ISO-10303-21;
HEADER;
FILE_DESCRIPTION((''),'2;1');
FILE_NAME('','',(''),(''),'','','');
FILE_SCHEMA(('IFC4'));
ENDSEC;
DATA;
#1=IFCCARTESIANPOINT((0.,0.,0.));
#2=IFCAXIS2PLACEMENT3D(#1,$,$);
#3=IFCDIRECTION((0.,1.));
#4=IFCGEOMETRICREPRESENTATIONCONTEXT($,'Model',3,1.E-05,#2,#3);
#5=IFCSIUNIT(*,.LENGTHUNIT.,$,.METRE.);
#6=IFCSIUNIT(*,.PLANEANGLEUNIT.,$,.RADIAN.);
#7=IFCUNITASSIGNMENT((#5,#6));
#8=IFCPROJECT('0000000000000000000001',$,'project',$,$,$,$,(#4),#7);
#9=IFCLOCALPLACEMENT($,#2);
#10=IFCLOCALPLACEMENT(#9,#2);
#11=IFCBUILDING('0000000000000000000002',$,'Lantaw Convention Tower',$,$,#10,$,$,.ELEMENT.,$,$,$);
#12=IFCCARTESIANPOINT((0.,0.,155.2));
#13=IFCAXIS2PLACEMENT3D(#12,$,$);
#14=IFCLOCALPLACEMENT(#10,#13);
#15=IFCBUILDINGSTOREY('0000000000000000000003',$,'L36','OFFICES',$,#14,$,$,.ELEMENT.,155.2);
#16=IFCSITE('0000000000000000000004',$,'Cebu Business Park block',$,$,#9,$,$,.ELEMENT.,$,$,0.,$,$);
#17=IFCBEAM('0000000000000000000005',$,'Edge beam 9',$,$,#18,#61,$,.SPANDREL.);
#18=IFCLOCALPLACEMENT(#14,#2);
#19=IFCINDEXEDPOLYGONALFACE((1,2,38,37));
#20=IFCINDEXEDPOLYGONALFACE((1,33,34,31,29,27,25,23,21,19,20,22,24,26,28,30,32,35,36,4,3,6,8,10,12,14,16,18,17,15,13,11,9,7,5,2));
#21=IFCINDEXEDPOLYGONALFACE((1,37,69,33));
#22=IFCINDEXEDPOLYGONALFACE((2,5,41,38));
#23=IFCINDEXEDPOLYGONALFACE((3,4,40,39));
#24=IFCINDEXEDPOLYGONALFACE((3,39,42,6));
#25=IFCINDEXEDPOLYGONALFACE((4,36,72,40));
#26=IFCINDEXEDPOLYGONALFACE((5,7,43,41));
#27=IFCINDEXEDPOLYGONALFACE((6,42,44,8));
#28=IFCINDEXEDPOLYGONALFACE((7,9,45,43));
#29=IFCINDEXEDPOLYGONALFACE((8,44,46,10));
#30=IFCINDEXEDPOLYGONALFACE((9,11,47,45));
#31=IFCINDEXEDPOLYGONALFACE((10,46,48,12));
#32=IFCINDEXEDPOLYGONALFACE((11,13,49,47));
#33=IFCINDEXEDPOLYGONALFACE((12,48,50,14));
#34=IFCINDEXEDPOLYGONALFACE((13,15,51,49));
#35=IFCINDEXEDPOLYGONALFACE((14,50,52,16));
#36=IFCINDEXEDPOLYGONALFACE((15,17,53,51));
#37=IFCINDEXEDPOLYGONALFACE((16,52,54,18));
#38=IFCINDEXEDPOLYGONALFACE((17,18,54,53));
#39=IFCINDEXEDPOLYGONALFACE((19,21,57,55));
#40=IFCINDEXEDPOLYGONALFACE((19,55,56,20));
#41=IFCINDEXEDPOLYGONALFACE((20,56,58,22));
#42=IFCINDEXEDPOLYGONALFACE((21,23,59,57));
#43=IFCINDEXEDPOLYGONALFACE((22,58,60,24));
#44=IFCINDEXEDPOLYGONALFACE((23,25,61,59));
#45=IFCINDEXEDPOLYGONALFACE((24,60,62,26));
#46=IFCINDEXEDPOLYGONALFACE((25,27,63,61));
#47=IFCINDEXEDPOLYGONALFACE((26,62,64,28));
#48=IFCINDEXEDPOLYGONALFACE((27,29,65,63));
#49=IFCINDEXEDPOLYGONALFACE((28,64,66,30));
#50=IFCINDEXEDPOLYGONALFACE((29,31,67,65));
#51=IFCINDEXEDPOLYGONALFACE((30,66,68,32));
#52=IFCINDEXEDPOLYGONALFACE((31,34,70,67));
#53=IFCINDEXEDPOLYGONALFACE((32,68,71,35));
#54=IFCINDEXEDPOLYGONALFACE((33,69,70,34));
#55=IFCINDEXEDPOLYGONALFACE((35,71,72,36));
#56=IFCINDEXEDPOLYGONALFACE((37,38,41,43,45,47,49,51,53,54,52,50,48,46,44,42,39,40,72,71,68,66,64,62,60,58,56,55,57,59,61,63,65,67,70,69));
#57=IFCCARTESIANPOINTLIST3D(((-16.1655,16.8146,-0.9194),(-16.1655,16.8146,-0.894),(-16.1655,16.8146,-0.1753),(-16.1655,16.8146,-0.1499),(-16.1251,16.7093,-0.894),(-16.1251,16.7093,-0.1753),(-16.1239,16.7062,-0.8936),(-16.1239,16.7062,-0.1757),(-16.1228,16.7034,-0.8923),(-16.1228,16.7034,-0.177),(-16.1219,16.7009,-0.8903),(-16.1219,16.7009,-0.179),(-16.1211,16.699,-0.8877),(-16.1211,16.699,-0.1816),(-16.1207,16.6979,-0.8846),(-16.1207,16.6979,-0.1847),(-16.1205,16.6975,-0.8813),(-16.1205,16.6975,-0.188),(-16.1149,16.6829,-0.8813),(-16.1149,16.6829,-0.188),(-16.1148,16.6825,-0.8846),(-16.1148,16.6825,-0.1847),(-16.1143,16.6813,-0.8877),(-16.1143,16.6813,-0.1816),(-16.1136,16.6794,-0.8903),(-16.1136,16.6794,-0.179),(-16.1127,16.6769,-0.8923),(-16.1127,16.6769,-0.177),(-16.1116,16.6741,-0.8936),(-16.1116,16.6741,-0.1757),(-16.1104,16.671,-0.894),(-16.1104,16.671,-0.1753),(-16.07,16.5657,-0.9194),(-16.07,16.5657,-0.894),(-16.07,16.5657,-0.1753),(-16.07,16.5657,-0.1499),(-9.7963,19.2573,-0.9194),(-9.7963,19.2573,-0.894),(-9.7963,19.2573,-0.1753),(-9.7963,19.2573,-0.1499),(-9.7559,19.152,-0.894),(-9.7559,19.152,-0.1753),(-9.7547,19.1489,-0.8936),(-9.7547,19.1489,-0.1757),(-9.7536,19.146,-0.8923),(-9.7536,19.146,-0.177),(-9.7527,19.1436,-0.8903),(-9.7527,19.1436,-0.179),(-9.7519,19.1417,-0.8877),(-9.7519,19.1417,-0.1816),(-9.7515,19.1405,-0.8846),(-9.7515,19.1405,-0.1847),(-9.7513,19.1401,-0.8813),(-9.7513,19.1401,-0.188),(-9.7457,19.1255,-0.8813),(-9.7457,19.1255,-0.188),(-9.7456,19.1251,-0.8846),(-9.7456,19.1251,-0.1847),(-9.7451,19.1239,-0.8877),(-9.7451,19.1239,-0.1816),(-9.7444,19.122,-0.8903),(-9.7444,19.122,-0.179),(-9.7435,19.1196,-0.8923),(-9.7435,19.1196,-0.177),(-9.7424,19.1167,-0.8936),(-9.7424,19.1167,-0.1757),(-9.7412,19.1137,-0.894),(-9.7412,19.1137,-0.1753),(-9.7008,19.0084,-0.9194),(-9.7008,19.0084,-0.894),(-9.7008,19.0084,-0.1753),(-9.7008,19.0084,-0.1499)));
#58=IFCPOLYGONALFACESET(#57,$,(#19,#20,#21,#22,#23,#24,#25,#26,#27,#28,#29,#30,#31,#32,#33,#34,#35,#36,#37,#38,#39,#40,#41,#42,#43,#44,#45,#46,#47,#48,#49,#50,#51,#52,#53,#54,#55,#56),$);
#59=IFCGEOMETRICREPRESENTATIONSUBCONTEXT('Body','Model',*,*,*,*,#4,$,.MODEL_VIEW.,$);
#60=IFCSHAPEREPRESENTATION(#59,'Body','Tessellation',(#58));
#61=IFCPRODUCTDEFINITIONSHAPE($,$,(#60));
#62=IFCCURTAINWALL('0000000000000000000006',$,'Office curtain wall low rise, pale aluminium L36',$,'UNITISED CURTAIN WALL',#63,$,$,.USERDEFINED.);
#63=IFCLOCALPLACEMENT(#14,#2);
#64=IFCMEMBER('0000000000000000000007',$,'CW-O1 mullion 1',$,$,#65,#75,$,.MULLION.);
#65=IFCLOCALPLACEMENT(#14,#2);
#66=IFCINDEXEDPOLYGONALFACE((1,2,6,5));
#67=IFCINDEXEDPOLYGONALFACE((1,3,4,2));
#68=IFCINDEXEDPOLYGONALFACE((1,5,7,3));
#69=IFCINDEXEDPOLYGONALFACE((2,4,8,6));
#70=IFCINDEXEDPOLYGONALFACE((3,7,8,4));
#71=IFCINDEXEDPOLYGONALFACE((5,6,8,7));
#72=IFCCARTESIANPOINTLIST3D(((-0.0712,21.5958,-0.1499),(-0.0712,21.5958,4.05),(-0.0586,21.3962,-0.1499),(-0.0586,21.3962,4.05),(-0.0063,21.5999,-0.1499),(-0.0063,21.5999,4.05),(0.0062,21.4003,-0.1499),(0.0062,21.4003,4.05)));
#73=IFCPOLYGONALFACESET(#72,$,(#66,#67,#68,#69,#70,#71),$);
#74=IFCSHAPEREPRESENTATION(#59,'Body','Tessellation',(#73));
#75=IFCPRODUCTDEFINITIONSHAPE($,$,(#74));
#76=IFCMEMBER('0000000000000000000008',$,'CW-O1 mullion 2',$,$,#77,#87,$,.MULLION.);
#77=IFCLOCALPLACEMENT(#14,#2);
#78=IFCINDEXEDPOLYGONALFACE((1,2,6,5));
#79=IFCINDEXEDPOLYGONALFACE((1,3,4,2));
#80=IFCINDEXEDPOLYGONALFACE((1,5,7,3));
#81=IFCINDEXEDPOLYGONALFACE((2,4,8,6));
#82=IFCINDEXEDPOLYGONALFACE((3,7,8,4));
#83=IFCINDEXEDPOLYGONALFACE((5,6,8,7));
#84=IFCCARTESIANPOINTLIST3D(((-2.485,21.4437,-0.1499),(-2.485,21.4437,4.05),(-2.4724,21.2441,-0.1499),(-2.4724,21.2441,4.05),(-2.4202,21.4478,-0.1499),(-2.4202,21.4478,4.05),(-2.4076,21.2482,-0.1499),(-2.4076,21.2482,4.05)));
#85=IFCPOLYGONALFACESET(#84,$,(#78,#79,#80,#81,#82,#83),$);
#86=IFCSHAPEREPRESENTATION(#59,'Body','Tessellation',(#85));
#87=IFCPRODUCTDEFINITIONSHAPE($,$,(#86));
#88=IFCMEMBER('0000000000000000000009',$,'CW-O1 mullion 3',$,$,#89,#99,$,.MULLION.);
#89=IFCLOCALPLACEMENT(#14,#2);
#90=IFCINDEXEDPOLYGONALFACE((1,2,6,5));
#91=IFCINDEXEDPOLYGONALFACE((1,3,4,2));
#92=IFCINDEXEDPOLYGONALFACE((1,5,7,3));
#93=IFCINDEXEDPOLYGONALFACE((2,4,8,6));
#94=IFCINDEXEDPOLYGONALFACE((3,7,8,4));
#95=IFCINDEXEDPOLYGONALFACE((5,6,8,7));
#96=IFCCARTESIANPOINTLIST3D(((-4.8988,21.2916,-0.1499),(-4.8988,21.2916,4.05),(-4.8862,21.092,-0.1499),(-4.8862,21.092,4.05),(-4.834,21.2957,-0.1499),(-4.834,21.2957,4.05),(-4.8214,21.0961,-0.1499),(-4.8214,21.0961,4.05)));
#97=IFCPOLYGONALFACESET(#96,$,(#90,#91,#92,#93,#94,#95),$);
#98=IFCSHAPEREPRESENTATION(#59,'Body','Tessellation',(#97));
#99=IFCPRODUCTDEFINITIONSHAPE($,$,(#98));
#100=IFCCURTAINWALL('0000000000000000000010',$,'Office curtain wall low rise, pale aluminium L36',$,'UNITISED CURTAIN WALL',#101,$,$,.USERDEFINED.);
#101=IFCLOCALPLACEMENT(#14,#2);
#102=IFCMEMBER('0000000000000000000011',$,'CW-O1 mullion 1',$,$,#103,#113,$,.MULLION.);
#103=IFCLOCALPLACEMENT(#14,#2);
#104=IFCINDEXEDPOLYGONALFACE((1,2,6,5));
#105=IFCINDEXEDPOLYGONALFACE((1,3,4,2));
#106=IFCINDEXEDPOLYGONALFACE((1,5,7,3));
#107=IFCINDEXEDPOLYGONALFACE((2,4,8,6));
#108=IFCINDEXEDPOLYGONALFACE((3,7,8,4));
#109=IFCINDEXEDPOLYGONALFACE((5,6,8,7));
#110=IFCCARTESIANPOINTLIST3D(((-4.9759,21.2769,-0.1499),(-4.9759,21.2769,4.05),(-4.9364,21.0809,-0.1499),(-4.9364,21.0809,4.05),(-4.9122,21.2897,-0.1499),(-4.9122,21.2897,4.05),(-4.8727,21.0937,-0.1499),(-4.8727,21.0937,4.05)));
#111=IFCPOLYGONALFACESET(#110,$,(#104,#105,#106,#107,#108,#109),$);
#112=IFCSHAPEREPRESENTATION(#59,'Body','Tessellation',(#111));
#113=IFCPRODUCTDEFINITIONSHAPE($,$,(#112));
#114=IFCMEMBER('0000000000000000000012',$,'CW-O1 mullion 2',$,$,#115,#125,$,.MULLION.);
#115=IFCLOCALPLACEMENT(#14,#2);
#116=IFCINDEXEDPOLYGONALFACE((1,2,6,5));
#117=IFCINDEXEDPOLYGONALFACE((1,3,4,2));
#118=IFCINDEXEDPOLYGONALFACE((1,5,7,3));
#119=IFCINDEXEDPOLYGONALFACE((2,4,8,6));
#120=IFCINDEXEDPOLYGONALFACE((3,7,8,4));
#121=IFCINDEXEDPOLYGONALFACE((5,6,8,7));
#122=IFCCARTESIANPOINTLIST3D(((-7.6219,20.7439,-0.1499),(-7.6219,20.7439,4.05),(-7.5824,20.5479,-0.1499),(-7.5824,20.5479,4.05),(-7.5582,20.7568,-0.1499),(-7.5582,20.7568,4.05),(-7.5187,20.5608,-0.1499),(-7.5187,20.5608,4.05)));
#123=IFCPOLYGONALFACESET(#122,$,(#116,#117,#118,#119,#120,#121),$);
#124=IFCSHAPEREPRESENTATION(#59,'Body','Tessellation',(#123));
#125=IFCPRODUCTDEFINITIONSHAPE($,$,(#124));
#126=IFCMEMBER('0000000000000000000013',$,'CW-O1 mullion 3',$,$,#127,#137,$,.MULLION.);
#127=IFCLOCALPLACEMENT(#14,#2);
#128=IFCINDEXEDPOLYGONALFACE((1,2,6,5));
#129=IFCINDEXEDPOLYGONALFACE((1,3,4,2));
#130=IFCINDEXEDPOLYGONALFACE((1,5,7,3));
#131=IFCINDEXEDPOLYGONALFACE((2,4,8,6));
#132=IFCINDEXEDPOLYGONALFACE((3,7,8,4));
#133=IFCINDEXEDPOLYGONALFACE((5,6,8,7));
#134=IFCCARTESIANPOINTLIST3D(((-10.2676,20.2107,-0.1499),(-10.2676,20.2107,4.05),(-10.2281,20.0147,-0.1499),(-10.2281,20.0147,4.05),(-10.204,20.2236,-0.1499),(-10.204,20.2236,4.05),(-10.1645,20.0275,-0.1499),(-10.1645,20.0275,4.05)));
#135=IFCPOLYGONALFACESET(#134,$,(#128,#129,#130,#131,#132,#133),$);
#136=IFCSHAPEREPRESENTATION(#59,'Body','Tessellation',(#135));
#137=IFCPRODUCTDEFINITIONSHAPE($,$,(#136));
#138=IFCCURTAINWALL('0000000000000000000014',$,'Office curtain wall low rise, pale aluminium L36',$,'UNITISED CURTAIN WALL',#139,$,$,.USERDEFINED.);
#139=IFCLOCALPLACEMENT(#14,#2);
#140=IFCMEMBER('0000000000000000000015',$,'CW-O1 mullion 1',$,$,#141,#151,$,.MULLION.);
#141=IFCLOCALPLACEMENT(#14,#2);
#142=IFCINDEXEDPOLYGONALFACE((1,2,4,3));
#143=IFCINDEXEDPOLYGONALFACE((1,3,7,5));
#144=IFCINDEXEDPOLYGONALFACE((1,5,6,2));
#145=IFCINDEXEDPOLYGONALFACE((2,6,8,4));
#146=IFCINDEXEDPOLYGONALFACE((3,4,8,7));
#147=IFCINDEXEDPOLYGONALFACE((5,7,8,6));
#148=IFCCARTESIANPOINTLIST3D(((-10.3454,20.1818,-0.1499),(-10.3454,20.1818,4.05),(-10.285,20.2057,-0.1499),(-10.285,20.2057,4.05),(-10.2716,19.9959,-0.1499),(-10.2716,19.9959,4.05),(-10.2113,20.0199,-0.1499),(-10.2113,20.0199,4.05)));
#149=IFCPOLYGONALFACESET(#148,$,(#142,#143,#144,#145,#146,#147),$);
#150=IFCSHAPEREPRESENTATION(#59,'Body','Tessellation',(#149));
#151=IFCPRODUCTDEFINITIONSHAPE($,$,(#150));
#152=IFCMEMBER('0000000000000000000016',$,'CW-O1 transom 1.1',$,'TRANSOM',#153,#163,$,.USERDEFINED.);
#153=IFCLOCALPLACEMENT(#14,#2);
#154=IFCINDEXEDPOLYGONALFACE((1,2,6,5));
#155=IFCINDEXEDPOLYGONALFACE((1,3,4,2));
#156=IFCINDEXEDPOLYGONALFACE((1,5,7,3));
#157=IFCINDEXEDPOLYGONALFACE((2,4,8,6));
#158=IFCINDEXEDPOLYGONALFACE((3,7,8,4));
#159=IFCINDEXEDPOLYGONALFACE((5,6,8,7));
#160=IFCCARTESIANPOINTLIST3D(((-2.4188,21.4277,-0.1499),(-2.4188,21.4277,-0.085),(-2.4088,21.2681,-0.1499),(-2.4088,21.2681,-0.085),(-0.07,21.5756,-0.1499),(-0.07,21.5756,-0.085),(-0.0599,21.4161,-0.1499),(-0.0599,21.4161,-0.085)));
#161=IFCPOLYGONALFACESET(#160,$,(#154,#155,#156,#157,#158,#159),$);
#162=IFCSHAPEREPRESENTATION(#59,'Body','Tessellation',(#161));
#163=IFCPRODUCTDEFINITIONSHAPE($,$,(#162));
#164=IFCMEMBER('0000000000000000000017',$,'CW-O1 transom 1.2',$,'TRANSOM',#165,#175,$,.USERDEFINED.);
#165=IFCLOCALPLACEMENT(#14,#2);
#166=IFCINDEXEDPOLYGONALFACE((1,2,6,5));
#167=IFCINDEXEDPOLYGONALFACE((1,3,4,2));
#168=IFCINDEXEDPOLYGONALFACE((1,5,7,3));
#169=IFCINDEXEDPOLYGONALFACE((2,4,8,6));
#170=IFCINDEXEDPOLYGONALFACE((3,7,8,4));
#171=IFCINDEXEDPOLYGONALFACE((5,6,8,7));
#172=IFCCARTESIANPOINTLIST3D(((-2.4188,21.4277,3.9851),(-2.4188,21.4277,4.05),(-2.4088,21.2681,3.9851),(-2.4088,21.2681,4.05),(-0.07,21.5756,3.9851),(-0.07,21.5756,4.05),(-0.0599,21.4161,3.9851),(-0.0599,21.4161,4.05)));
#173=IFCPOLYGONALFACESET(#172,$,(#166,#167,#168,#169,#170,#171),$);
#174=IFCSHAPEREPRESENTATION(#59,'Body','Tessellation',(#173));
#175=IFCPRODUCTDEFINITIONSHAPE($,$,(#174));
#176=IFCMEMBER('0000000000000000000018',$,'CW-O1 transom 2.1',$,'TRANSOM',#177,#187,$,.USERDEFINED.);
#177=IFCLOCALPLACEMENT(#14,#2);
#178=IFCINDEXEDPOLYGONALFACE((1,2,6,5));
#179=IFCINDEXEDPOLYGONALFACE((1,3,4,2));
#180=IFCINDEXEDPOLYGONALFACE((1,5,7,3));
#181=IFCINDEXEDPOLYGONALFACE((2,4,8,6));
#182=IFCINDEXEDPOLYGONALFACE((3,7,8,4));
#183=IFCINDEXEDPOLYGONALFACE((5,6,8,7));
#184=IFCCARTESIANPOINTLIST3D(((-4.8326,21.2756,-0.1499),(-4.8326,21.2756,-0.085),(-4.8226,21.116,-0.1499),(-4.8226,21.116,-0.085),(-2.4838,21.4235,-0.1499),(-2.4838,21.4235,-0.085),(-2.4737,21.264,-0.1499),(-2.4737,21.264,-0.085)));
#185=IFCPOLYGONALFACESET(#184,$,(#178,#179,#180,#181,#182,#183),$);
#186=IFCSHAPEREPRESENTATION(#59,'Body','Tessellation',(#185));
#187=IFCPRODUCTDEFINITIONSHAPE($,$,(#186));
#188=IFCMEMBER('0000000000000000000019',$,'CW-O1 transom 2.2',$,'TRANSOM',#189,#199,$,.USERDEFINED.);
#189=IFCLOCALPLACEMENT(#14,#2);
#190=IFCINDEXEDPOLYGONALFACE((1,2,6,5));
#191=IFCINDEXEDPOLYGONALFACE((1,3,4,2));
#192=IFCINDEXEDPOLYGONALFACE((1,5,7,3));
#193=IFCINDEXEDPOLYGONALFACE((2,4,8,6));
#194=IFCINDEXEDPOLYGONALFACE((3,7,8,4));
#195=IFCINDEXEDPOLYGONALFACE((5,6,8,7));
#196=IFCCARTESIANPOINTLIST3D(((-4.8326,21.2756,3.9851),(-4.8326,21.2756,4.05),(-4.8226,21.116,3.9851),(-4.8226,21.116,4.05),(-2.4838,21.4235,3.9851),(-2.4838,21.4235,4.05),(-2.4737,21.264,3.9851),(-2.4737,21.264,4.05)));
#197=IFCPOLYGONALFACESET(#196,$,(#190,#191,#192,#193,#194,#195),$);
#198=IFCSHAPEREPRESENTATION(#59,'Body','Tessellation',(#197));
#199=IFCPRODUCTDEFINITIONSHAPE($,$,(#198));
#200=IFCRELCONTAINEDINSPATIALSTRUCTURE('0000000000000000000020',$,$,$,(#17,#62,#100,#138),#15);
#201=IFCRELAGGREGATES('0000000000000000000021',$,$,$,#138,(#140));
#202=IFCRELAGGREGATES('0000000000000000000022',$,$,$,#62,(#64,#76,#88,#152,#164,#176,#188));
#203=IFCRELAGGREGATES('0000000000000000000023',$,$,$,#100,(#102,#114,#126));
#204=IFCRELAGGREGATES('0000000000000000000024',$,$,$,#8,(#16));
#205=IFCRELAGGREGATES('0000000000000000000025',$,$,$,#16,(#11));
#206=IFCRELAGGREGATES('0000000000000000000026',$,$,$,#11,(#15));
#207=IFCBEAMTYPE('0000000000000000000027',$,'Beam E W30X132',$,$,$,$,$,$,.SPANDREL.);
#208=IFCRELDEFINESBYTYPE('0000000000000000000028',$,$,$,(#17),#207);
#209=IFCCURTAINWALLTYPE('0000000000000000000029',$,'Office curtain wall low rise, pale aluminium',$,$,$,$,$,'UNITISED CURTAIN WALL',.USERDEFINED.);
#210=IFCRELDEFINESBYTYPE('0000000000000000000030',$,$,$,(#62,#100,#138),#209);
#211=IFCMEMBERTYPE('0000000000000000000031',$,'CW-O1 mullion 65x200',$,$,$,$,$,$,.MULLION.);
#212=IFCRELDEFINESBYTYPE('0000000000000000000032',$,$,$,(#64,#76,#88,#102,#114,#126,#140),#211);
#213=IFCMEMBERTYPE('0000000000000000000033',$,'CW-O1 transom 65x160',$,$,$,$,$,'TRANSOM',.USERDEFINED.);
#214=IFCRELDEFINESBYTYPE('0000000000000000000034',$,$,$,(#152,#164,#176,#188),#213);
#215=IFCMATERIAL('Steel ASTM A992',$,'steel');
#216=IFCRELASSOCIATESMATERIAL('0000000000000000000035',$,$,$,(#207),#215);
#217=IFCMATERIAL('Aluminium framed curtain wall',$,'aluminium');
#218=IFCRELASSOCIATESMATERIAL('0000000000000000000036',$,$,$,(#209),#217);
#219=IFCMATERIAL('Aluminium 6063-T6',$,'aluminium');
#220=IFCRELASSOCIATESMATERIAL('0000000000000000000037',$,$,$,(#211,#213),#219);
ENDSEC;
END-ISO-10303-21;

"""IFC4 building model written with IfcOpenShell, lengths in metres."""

from ifc_helpers import new_model, si_unit, direction, frame, origin, origin_2d, place, context, subcontext, project, spatial, rectangle, i_section, extrude, material, material_profile, profile_set, type_object, element, aggregate, save


model = new_model("IFC4")

# Units and contexts
model_context = context("Model", 3, precision=1e-05, world=origin(), true_north=direction((0.0, 1.0)))
body_context = subcontext(model_context, "Body", "Model", "MODEL_VIEW")
ifc_project = project(units=[si_unit("LENGTHUNIT", "METRE"), si_unit("PLANEANGLEUNIT", "RADIAN")], contexts=[model_context])

# Site, building, storey
site_placement = place(None, origin())
site = spatial("IfcSite", under=ifc_project, at=site_placement, Name="Cebu Business Park block", CompositionType="ELEMENT", RefElevation=0.0)
building_placement = place(site_placement, origin())
building = spatial("IfcBuilding", under=site, at=building_placement, Name="Lantaw Convention Tower", CompositionType="ELEMENT")
storey_placement = place(building_placement, frame((0.0, 0.0, 155.2)))
storey = spatial("IfcBuildingStorey", under=building, at=storey_placement, Name="L36", Description="OFFICES", CompositionType="ELEMENT", Elevation=155.2)

# Beam
ifc_material_1 = material(Name="Steel ASTM A992", Category="steel")
ifc_material_profile_1 = material_profile(ifc_material_1, i_section(OverallWidth=0.2666, OverallDepth=0.7695, WebThickness=0.0156, FlangeThickness=0.0254, FilletRadius=0.0127, at=origin_2d()), Name="W30X132")
ifc_profile_set_1 = profile_set([ifc_material_profile_1], Name="Steel ASTM A992")
beam_type = type_object("IfcBeamType", Name="Beam E W30X132", PredefinedType="SPANDREL", material=ifc_profile_set_1)
beam_1_placement = place(storey_placement, frame((-9.7485, 19.1328, -0.5347), z_axis=(-0.933691, -0.35808, 0.0), x_axis=(0.35808, -0.933691, 0.0)))
element("IfcBeam", 1, at=beam_1_placement, inside=storey, type_object=beam_type, Name="Edge beam 9", PredefinedType="SPANDREL", context=body_context, shape_type="SweptSolid", body=[
    extrude(i_section(OverallWidth=0.2666, OverallDepth=0.7695, WebThickness=0.0156, FlangeThickness=0.0254, FilletRadius=0.0127, at=origin_2d()), origin(), (0.0, 0.0, 1.0), 6.8215),
])

# Curtain walls, members
ifc_material_2 = material(Name="Aluminium framed curtain wall", Category="aluminium")
curtain_wall_type = type_object("IfcCurtainWallType", Name="Office curtain wall low rise, pale aluminium", ElementType="UNITISED CURTAIN WALL", PredefinedType="USERDEFINED", material=ifc_material_2)
curtain_wall_1_placement = place(storey_placement, origin())
curtain_wall_1 = element("IfcCurtainWall", 2, at=curtain_wall_1_placement, inside=storey, type_object=curtain_wall_type, Name="Office curtain wall low rise, pale aluminium L36", ObjectType="UNITISED CURTAIN WALL", PredefinedType="USERDEFINED")
ifc_material_3 = material(Name="Aluminium 6063-T6", Category="aluminium")
ifc_material_profile_2 = material_profile(ifc_material_3, rectangle(XDim=0.2, YDim=0.0649, at=origin_2d()), Name="CW-O1 mullion 65x200")
ifc_profile_set_2 = profile_set([ifc_material_profile_2], Name="Aluminium 6063-T6")
member_type_1 = type_object("IfcMemberType", Name="CW-O1 mullion 65x200", PredefinedType="MULLION", material=ifc_profile_set_2)
member_1_placement = place(storey_placement, frame((-0.0325, 21.498, -0.1499), z_axis=(0.0, 0.0, 1.0), x_axis=(0.062865, -0.998022, 0.0)))
member_1 = element("IfcMember", 3, at=member_1_placement, type_object=member_type_1, Name="CW-O1 mullion 1", PredefinedType="MULLION", context=body_context, shape_type="SweptSolid", body=[
    extrude(rectangle(XDim=0.2, YDim=0.0649, at=origin_2d()), origin(), (0.0, 0.0, 1.0), 4.2),
])
member_2_placement = place(storey_placement, frame((-2.4463, 21.3459, -0.1499), z_axis=(0.0, 0.0, 1.0), x_axis=(0.062865, -0.998022, 0.0)))
member_2 = element("IfcMember", 4, at=member_2_placement, type_object=member_type_1, Name="CW-O1 mullion 2", PredefinedType="MULLION", context=body_context, shape_type="SweptSolid", body=[
    extrude(rectangle(XDim=0.2, YDim=0.0649, at=origin_2d()), origin(), (0.0, 0.0, 1.0), 4.2),
])
member_3_placement = place(storey_placement, frame((-4.8601, 21.1938, -0.1499), z_axis=(0.0, 0.0, 1.0), x_axis=(0.062865, -0.998022, 0.0)))
member_3 = element("IfcMember", 5, at=member_3_placement, type_object=member_type_1, Name="CW-O1 mullion 3", PredefinedType="MULLION", context=body_context, shape_type="SweptSolid", body=[
    extrude(rectangle(XDim=0.2, YDim=0.0649, at=origin_2d()), origin(), (0.0, 0.0, 1.0), 4.2),
])
curtain_wall_2_placement = place(storey_placement, origin())
curtain_wall_2 = element("IfcCurtainWall", 6, at=curtain_wall_2_placement, inside=storey, type_object=curtain_wall_type, Name="Office curtain wall low rise, pale aluminium L36", ObjectType="UNITISED CURTAIN WALL", PredefinedType="USERDEFINED")
member_4_placement = place(storey_placement, frame((-4.9243, 21.1853, -0.1499), z_axis=(0.0, 0.0, 1.0), x_axis=(0.197507, -0.980302, 0.0)))
member_4 = element("IfcMember", 7, at=member_4_placement, type_object=member_type_1, Name="CW-O1 mullion 1", PredefinedType="MULLION", context=body_context, shape_type="SweptSolid", body=[
    extrude(rectangle(XDim=0.2, YDim=0.0649, at=origin_2d()), origin(), (0.0, 0.0, 1.0), 4.2),
])
member_5_placement = place(storey_placement, frame((-7.5703, 20.6523, -0.1499), z_axis=(0.0, 0.0, 1.0), x_axis=(0.197507, -0.980302, 0.0)))
member_5 = element("IfcMember", 8, at=member_5_placement, type_object=member_type_1, Name="CW-O1 mullion 2", PredefinedType="MULLION", context=body_context, shape_type="SweptSolid", body=[
    extrude(rectangle(XDim=0.2, YDim=0.0649, at=origin_2d()), origin(), (0.0, 0.0, 1.0), 4.2),
])
member_6_placement = place(storey_placement, frame((-10.2161, 20.1191, -0.1499), z_axis=(0.0, 0.0, 1.0), x_axis=(0.197507, -0.980302, 0.0)))
member_6 = element("IfcMember", 9, at=member_6_placement, type_object=member_type_1, Name="CW-O1 mullion 3", PredefinedType="MULLION", context=body_context, shape_type="SweptSolid", body=[
    extrude(rectangle(XDim=0.2, YDim=0.0649, at=origin_2d()), origin(), (0.0, 0.0, 1.0), 4.2),
])

# Curtain wall, member
curtain_wall_3_placement = place(storey_placement, origin())
curtain_wall_3 = element("IfcCurtainWall", 10, at=curtain_wall_3_placement, inside=storey, type_object=curtain_wall_type, Name="Office curtain wall low rise, pale aluminium L36", ObjectType="UNITISED CURTAIN WALL", PredefinedType="USERDEFINED")
member_7_placement = place(storey_placement, frame((-10.2783, 20.1008, -0.1499), z_axis=(0.0, 0.0, 1.0), x_axis=(0.368702, -0.929548, 0.0)))
member_7 = element("IfcMember", 11, at=member_7_placement, type_object=member_type_1, Name="CW-O1 mullion 1", PredefinedType="MULLION", context=body_context, shape_type="SweptSolid", body=[
    extrude(rectangle(XDim=0.2, YDim=0.0649, at=origin_2d()), origin(), (0.0, 0.0, 1.0), 4.2),
])

# Members
ifc_material_profile_3 = material_profile(ifc_material_3, rectangle(XDim=0.1599, YDim=0.0649, at=origin_2d()), Name="CW-O1 transom 65x160")
ifc_profile_set_3 = profile_set([ifc_material_profile_3], Name="Aluminium 6063-T6")
member_type_2 = type_object("IfcMemberType", Name="CW-O1 transom 65x160", ElementType="TRANSOM", PredefinedType="USERDEFINED", material=ifc_profile_set_3)
member_8_placement = place(storey_placement, frame((-0.0649, 21.4958, -0.1174), z_axis=(-0.998022, -0.062863, 0.0), x_axis=(0.062863, -0.998022, 0.0)))
member_8 = element("IfcMember", 12, at=member_8_placement, type_object=member_type_2, Name="CW-O1 transom 1.1", ObjectType="TRANSOM", PredefinedType="USERDEFINED", context=body_context, shape_type="SweptSolid", body=[
    extrude(rectangle(XDim=0.1599, YDim=0.0649, at=origin_2d()), origin(), (0.0, 0.0, 1.0), 2.3535),
])
member_9_placement = place(storey_placement, frame((-0.0649, 21.4958, 4.0176), z_axis=(-0.998022, -0.062863, 0.0), x_axis=(0.062863, -0.998022, 0.0)))
member_9 = element("IfcMember", 13, at=member_9_placement, type_object=member_type_2, Name="CW-O1 transom 1.2", ObjectType="TRANSOM", PredefinedType="USERDEFINED", context=body_context, shape_type="SweptSolid", body=[
    extrude(rectangle(XDim=0.1599, YDim=0.0649, at=origin_2d()), origin(), (0.0, 0.0, 1.0), 2.3535),
])
member_10_placement = place(storey_placement, frame((-2.4788, 21.3438, -0.1174), z_axis=(-0.998022, -0.062863, 0.0), x_axis=(0.062863, -0.998022, 0.0)))
member_10 = element("IfcMember", 14, at=member_10_placement, type_object=member_type_2, Name="CW-O1 transom 2.1", ObjectType="TRANSOM", PredefinedType="USERDEFINED", context=body_context, shape_type="SweptSolid", body=[
    extrude(rectangle(XDim=0.1599, YDim=0.0649, at=origin_2d()), origin(), (0.0, 0.0, 1.0), 2.3535),
])
member_11_placement = place(storey_placement, frame((-2.4788, 21.3438, 4.0176), z_axis=(-0.998022, -0.062863, 0.0), x_axis=(0.062863, -0.998022, 0.0)))
member_11 = element("IfcMember", 15, at=member_11_placement, type_object=member_type_2, Name="CW-O1 transom 2.2", ObjectType="TRANSOM", PredefinedType="USERDEFINED", context=body_context, shape_type="SweptSolid", body=[
    extrude(rectangle(XDim=0.1599, YDim=0.0649, at=origin_2d()), origin(), (0.0, 0.0, 1.0), 2.3535),
])
aggregate(curtain_wall_3, [member_7])

aggregate(curtain_wall_1, [member_1, member_2, member_3, member_8, member_9, member_10, member_11])
aggregate(curtain_wall_2, [member_4, member_5, member_6])

save(model, "model.ifc")
